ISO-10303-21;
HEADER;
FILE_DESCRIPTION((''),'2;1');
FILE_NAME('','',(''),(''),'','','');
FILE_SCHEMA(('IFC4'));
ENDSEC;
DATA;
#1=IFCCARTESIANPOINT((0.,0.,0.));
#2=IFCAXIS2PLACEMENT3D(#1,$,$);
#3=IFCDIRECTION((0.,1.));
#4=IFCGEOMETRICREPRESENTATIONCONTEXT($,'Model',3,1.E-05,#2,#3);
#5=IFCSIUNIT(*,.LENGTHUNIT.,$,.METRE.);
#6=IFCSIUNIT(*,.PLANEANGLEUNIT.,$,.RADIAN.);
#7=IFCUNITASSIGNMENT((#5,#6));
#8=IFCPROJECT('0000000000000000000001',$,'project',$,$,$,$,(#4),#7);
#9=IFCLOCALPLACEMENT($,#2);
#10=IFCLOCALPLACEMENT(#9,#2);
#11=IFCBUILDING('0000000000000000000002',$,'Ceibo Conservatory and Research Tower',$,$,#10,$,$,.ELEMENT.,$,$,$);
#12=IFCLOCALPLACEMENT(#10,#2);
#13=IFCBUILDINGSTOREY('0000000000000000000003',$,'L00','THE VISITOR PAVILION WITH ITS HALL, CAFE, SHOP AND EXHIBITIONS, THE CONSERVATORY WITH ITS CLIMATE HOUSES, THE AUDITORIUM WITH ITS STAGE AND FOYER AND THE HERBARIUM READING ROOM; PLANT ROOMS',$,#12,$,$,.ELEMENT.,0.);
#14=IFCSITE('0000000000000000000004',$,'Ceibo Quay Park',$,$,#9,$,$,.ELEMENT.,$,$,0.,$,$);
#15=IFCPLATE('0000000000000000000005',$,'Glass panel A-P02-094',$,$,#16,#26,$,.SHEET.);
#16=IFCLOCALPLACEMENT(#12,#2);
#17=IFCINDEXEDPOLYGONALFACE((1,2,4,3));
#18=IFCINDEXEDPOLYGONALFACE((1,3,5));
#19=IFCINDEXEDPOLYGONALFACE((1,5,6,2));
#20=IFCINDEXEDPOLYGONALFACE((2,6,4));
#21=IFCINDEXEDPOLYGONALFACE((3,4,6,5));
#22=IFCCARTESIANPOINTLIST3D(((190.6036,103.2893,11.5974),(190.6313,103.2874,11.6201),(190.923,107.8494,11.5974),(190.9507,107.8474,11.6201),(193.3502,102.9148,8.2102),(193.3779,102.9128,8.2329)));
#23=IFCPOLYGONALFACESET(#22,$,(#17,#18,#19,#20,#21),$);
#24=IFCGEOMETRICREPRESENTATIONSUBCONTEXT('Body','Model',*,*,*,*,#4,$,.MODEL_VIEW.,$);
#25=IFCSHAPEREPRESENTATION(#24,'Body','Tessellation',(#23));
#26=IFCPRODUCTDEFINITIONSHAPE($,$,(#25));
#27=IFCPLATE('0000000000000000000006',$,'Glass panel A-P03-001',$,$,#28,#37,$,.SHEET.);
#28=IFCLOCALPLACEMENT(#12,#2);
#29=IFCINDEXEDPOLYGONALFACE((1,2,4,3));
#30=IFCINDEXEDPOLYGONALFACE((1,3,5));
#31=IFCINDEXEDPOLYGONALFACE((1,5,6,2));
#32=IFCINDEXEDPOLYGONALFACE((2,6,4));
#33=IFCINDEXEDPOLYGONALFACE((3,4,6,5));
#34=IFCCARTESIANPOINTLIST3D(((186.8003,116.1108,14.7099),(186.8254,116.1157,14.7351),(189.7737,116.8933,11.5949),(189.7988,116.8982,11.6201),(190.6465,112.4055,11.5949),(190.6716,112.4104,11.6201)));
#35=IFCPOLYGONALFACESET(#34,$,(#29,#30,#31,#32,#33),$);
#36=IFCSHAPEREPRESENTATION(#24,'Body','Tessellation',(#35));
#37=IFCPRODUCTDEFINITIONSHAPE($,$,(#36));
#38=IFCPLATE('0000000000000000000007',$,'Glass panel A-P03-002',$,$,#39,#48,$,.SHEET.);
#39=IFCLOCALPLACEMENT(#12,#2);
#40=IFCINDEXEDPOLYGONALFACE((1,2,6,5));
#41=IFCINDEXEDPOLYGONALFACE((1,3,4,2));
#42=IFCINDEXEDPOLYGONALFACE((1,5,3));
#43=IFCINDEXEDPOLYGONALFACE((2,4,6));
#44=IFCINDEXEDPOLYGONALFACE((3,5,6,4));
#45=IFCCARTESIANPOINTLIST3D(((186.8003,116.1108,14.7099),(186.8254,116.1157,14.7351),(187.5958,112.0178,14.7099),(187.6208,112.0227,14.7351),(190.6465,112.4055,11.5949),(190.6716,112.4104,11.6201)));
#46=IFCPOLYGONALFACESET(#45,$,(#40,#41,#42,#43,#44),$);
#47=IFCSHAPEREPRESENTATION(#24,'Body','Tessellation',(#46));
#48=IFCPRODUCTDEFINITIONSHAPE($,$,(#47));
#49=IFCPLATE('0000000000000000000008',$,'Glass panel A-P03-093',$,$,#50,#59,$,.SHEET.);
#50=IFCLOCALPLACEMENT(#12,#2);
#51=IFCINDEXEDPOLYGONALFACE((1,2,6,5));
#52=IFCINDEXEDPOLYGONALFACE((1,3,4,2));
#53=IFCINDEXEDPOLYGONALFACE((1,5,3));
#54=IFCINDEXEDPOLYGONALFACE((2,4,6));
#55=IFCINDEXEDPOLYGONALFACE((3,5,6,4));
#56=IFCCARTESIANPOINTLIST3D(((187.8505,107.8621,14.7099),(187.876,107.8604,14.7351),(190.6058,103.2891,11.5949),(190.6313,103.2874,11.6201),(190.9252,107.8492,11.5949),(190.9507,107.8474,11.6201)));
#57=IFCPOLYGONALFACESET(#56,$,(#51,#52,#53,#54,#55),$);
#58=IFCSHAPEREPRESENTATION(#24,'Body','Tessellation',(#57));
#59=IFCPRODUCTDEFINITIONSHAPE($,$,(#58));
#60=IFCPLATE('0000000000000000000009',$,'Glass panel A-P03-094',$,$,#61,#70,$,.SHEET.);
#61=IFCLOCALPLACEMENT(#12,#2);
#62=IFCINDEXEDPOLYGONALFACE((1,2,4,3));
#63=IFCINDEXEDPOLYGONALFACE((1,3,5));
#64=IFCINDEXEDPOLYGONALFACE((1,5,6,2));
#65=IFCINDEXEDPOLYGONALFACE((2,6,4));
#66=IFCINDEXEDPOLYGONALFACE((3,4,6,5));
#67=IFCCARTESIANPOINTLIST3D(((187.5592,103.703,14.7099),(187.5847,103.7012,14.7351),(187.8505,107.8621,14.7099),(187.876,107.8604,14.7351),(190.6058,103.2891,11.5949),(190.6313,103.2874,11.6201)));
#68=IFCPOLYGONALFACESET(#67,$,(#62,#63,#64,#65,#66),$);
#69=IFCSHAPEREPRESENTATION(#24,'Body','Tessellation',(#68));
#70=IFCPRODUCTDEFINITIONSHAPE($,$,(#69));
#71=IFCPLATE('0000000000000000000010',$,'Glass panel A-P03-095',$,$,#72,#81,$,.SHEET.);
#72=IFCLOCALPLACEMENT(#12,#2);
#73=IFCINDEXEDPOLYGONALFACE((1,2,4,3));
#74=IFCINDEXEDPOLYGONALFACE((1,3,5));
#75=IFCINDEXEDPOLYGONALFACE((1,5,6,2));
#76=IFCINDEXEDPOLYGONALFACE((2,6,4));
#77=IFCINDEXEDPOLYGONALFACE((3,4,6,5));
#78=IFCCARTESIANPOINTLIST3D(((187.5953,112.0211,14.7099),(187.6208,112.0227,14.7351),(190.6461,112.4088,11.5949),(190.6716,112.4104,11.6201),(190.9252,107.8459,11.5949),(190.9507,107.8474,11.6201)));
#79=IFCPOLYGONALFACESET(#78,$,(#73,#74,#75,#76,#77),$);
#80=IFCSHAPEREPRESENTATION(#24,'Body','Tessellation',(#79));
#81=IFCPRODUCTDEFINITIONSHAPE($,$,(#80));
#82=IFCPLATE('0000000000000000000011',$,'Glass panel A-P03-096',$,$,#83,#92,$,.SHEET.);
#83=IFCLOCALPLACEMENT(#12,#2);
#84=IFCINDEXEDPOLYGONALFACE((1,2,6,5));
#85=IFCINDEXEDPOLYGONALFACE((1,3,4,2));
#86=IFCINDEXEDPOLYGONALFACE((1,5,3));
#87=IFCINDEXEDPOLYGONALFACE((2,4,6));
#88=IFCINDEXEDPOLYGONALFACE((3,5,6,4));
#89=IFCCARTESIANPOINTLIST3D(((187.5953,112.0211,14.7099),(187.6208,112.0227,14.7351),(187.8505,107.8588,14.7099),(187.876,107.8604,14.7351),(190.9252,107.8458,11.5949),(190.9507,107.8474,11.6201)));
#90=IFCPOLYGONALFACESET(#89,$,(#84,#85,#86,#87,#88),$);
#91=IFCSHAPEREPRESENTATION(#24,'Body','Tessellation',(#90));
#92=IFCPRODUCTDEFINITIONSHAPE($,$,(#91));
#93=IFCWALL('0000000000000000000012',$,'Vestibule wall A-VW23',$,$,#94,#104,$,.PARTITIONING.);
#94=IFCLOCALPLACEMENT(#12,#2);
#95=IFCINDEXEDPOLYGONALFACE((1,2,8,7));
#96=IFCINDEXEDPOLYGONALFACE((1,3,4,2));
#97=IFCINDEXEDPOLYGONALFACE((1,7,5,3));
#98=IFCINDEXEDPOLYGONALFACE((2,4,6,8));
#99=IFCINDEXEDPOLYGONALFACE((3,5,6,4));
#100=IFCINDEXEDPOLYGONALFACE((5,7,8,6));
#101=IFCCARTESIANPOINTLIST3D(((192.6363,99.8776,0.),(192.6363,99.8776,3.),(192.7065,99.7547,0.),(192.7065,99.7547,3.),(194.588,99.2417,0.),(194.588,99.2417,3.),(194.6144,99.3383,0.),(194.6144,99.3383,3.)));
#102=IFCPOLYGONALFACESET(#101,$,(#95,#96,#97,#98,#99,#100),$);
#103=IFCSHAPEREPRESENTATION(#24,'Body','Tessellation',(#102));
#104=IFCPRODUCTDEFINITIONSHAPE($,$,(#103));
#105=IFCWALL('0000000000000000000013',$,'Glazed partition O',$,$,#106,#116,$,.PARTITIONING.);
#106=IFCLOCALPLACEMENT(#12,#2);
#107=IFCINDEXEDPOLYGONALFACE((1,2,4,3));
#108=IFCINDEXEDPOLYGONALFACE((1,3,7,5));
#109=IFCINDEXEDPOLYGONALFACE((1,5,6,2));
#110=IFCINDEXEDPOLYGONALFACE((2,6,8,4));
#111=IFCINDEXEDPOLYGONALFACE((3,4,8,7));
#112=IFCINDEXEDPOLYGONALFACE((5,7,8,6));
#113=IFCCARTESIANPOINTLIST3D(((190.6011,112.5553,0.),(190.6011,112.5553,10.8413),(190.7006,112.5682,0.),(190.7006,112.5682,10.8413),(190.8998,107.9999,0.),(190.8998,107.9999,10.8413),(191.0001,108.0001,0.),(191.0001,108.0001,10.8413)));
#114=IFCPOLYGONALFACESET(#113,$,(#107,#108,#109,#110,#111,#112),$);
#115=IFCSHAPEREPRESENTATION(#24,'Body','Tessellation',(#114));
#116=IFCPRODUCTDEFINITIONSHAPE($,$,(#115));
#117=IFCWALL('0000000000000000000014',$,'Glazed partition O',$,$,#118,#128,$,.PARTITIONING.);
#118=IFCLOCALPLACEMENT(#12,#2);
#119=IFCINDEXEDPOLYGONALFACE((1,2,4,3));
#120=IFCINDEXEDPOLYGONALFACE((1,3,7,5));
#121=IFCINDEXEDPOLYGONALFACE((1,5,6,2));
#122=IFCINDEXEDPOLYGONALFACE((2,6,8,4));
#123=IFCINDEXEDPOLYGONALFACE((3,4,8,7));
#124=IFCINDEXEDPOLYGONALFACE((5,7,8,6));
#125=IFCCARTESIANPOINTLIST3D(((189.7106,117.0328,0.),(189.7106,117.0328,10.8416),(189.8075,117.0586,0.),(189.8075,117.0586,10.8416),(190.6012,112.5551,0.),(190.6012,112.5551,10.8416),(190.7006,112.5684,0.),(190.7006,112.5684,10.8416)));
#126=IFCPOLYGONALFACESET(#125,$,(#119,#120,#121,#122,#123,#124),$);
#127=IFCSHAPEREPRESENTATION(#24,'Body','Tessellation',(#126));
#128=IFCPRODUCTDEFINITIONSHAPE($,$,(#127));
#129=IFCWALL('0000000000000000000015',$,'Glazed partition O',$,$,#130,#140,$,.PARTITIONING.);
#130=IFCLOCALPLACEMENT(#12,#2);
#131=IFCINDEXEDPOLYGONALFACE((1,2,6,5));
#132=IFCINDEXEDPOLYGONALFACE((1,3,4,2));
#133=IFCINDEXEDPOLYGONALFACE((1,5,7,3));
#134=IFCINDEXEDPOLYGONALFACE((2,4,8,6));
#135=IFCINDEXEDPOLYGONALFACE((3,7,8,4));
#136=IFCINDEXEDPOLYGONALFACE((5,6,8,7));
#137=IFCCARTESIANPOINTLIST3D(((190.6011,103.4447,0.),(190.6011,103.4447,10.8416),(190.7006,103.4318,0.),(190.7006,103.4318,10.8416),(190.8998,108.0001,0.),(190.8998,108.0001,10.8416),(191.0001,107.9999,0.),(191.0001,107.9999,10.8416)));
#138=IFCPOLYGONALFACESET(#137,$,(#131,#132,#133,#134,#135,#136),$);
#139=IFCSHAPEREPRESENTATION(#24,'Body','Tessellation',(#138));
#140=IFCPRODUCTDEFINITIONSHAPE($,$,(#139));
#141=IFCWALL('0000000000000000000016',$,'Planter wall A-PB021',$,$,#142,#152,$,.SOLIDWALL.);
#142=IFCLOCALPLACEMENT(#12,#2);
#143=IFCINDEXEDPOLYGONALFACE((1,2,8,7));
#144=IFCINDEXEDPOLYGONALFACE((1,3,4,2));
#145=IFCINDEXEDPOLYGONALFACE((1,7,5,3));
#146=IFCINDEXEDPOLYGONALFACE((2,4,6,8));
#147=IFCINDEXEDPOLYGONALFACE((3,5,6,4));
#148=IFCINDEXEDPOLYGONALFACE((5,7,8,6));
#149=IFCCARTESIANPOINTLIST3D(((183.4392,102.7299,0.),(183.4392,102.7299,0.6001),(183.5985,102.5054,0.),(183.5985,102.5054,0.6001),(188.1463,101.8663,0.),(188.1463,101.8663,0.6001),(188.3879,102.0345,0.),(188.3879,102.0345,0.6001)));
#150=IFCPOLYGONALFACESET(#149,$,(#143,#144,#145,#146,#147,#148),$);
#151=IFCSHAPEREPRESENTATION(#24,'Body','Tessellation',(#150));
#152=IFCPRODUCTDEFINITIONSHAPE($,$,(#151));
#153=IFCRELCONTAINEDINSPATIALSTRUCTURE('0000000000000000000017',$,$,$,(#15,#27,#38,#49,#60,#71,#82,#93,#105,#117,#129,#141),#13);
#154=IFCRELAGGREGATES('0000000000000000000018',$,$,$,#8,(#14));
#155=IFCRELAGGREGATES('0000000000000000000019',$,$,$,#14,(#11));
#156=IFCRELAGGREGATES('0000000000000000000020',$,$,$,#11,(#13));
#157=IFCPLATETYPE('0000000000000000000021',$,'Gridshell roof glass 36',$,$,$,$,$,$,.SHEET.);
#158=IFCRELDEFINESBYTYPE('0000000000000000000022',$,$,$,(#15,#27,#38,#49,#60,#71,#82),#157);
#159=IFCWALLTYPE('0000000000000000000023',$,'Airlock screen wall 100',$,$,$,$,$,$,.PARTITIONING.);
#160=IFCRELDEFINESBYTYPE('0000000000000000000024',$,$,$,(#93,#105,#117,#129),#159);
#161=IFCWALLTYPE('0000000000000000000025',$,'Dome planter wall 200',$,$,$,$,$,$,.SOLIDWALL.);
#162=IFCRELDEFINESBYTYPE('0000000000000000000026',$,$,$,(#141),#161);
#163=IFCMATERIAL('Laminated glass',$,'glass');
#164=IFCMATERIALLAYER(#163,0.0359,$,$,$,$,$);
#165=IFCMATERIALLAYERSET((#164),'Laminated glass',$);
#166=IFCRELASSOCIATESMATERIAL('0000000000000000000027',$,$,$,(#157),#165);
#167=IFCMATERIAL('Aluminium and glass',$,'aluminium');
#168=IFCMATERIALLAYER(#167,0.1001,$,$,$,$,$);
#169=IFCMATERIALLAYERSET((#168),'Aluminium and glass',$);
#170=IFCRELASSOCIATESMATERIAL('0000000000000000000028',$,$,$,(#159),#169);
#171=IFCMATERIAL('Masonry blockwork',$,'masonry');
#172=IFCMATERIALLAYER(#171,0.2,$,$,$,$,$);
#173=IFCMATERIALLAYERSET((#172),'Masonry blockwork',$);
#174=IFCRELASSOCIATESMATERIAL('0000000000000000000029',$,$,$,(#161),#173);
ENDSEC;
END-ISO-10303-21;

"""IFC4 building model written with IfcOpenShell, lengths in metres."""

from ifc_helpers import new_model, si_unit, direction, frame, origin, place, context, subcontext, project, spatial, polyline, outline, extrude, material, layer, layer_set, type_object, element, save


model = new_model("IFC4")

# Units and contexts
model_context = context("Model", 3, precision=1e-05, world=origin(), true_north=direction((0.0, 1.0)))
body_context = subcontext(model_context, "Body", "Model", "MODEL_VIEW")
ifc_project = project(units=[si_unit("LENGTHUNIT", "METRE"), si_unit("PLANEANGLEUNIT", "RADIAN")], contexts=[model_context])

# Site, building, storey
site_placement = place(None, origin())
site = spatial("IfcSite", under=ifc_project, at=site_placement, Name="Ceibo Quay Park", CompositionType="ELEMENT", RefElevation=0.0)
building_placement = place(site_placement, origin())
building = spatial("IfcBuilding", under=site, at=building_placement, Name="Ceibo Conservatory and Research Tower", CompositionType="ELEMENT")
storey_placement = place(building_placement, origin())
storey = spatial("IfcBuildingStorey", under=building, at=storey_placement, Name="L00", Description="THE VISITOR PAVILION WITH ITS HALL, CAFE, SHOP AND EXHIBITIONS, THE CONSERVATORY WITH ITS CLIMATE HOUSES, THE AUDITORIUM WITH ITS STAGE AND FOYER AND THE HERBARIUM READING ROOM; PLANT ROOMS", CompositionType="ELEMENT", Elevation=0.0)

# Plates
ifc_material_1 = material(Name="Laminated glass", Category="glass")
ifc_layer_1 = layer(ifc_material_1, 0.0359)
ifc_layer_set_1 = layer_set([ifc_layer_1], Name="Laminated glass")
plate_type = type_object("IfcPlateType", Name="Gridshell roof glass 36", PredefinedType="SHEET", material=ifc_layer_set_1)
plate_1_placement = place(storey_placement, frame((193.3779, 102.9128, 8.2329), z_axis=(0.772661, -0.054109, 0.632509), x_axis=(-0.375811, 0.76402, 0.524442)))
element("IfcPlate", 1, at=plate_1_placement, inside=storey, type_object=plate_type, Name="Glass panel A-P02-094", PredefinedType="SHEET", context=body_context, shape_type="SweptSolid", body=[
    extrude(outline(polyline([(0.0, 0.0), (6.4587, 0.0), (3.0947, 3.0951), (0.0, 0.0)])), origin(), (0.0, 0.0, -1.0), 0.0359),
])
plate_2_placement = place(storey_placement, frame((190.6716, 112.4104, 11.6201), z_axis=(0.699348, 0.136012, 0.701722), x_axis=(-0.190907, 0.981608, 0.0)))
element("IfcPlate", 2, at=plate_2_placement, inside=storey, type_object=plate_type, Name="Glass panel A-P03-001", PredefinedType="SHEET", context=body_context, shape_type="SweptSolid", body=[
    extrude(outline(polyline([(0.0, 0.0), (4.5719, 0.0), (4.3714, 4.3722), (0.0, 0.0)])), origin(), (0.0, 0.0, -1.0), 0.0359),
])
plate_3_placement = place(storey_placement, frame((190.6716, 112.4104, 11.6201), z_axis=(0.699296, 0.135897, 0.701796), x_axis=(-0.622089, 0.599305, 0.503824)))
element("IfcPlate", 3, at=plate_3_placement, inside=storey, type_object=plate_type, Name="Glass panel A-P03-002", PredefinedType="SHEET", context=body_context, shape_type="SweptSolid", body=[
    extrude(outline(polyline([(0.0, 0.0), (6.1827, 0.0), (3.2349, 2.9489), (0.0, 0.0)])), origin(), (0.0, 0.0, -1.0), 0.0359),
])
plate_4_placement = place(storey_placement, frame((190.6313, 103.2874, 11.6201), z_axis=(0.710708, -0.04977, 0.701724), x_axis=(0.069858, 0.997557, 0.0)))
element("IfcPlate", 4, at=plate_4_placement, inside=storey, type_object=plate_type, Name="Glass panel A-P03-093", PredefinedType="SHEET", context=body_context, shape_type="SweptSolid", body=[
    extrude(outline(polyline([(0.0, 0.0), (4.5712, 0.0), (4.3693, 4.3722), (0.0, 0.0)])), origin(), (0.0, 0.0, -1.0), 0.0359),
])
plate_5_placement = place(storey_placement, frame((190.6313, 103.2874, 11.6201), z_axis=(0.710709, -0.04977, 0.701724), x_axis=(-0.445765, 0.739821, 0.503944)))
element("IfcPlate", 5, at=plate_5_placement, inside=storey, type_object=plate_type, Name="Glass panel A-P03-094", PredefinedType="SHEET", context=body_context, shape_type="SweptSolid", body=[
    extrude(outline(polyline([(0.0, 0.0), (6.1812, 0.0), (3.234, 2.9492), (0.0, 0.0)])), origin(), (0.0, 0.0, -1.0), 0.0359),
])
plate_6_placement = place(storey_placement, frame((190.9507, 107.8474, 11.6201), z_axis=(0.711045, 0.043484, 0.701801), x_axis=(-0.061042, 0.998135, 0.0)))
element("IfcPlate", 6, at=plate_6_placement, inside=storey, type_object=plate_type, Name="Glass panel A-P03-095", PredefinedType="SHEET", context=body_context, shape_type="SweptSolid", body=[
    extrude(outline(polyline([(0.0, 0.0), (4.5715, 0.0), (4.3708, 4.3727), (0.0, 0.0)])), origin(), (0.0, 0.0, -1.0), 0.0359),
])
plate_7_placement = place(storey_placement, frame((190.9507, 107.8474, 11.6201), z_axis=(0.711108, 0.043587, 0.701731), x_axis=(-0.538585, 0.675334, 0.503835)))
element("IfcPlate", 7, at=plate_7_placement, inside=storey, type_object=plate_type, Name="Glass panel A-P03-096", PredefinedType="SHEET", context=body_context, shape_type="SweptSolid", body=[
    extrude(outline(polyline([(0.0, 0.0), (6.1826, 0.0), (3.2342, 2.9491), (0.0, 0.0)])), origin(), (0.0, 0.0, -1.0), 0.0359),
])

# Walls
ifc_material_2 = material(Name="Aluminium and glass", Category="aluminium")
ifc_layer_2 = layer(ifc_material_2, 0.1001)
ifc_layer_set_2 = layer_set([ifc_layer_2], Name="Aluminium and glass")
wall_type_1 = type_object("IfcWallType", Name="Airlock screen wall 100", PredefinedType="PARTITIONING", material=ifc_layer_set_2)
wall_1_placement = place(storey_placement, frame((192.6714, 99.8162, 0.0), z_axis=(0.0, 0.0, 1.0), x_axis=(0.964784, -0.263045, 0.0)))
element("IfcWall", 8, at=wall_1_placement, inside=storey, type_object=wall_type_1, Name="Vestibule wall A-VW23", PredefinedType="PARTITIONING", context=body_context, shape_type="SweptSolid", body=[
    extrude(outline(polyline([(0.05, -0.05), (2.0002, -0.05), (2.0002, 0.05), (-0.05, 0.05), (0.05, -0.05)])), origin(), (0.0, 0.0, 1.0), 3.0),
])
wall_2_placement = place(storey_placement, frame((190.95, 108.0, 0.0), z_axis=(0.0, 0.0, 1.0), x_axis=(-0.06542, 0.997858, 0.0)))
element("IfcWall", 9, at=wall_2_placement, inside=storey, type_object=wall_type_1, Name="Glazed partition O", PredefinedType="PARTITIONING", context=body_context, shape_type="SweptSolid", body=[
    extrude(outline(polyline([(-0.0032, -0.05), (4.5747, -0.05), (4.5684, 0.05), (0.0032, 0.05), (-0.0032, -0.05)])), origin(), (0.0, 0.0, 1.0), 10.8413),
])
wall_3_placement = place(storey_placement, frame((190.6509, 112.5618, 0.0), z_axis=(0.0, 0.0, 1.0), x_axis=(-0.195079, 0.980788, 0.0)))
element("IfcWall", 10, at=wall_3_placement, inside=storey, type_object=wall_type_1, Name="Glazed partition O", PredefinedType="PARTITIONING", context=body_context, shape_type="SweptSolid", body=[
    extrude(outline(polyline([(-0.0032, -0.05), (4.575, -0.05), (4.5686, 0.05), (0.0032, 0.05), (-0.0032, -0.05)])), origin(), (0.0, 0.0, 1.0), 10.8416),
])
wall_4_placement = place(storey_placement, frame((190.6509, 103.4382, 0.0), z_axis=(0.0, 0.0, 1.0), x_axis=(0.06542, 0.997858, 0.0)))
element("IfcWall", 11, at=wall_4_placement, inside=storey, type_object=wall_type_1, Name="Glazed partition O", PredefinedType="PARTITIONING", context=body_context, shape_type="SweptSolid", body=[
    extrude(outline(polyline([(-0.0032, -0.05), (4.5747, -0.05), (4.5684, 0.05), (0.0032, 0.05), (-0.0032, -0.05)])), origin(), (0.0, 0.0, 1.0), 10.8416),
])
ifc_material_3 = material(Name="Masonry blockwork", Category="masonry")
ifc_layer_3 = layer(ifc_material_3, 0.2)
ifc_layer_set_3 = layer_set([ifc_layer_3], Name="Masonry blockwork")
wall_type_2 = type_object("IfcWallType", Name="Dome planter wall 200", PredefinedType="SOLIDWALL", material=ifc_layer_set_3)
wall_5_placement = place(storey_placement, frame((188.2671, 101.9504, 0.0), z_axis=(0.0, 0.0, 1.0), x_axis=(-0.990271, 0.139154, 0.0)))
element("IfcWall", 12, at=wall_5_placement, inside=storey, type_object=wall_type_2, Name="Planter wall A-PB021", PredefinedType="SOLIDWALL", context=body_context, shape_type="SweptSolid", body=[
    extrude(outline(polyline([(-0.1079, -0.1001), (4.8894, -0.1001), (4.7004, 0.1001), (0.1079, 0.1001), (-0.1079, -0.1001)])), origin(), (0.0, 0.0, 1.0), 0.6001),
])

save(model, "model.ifc")
